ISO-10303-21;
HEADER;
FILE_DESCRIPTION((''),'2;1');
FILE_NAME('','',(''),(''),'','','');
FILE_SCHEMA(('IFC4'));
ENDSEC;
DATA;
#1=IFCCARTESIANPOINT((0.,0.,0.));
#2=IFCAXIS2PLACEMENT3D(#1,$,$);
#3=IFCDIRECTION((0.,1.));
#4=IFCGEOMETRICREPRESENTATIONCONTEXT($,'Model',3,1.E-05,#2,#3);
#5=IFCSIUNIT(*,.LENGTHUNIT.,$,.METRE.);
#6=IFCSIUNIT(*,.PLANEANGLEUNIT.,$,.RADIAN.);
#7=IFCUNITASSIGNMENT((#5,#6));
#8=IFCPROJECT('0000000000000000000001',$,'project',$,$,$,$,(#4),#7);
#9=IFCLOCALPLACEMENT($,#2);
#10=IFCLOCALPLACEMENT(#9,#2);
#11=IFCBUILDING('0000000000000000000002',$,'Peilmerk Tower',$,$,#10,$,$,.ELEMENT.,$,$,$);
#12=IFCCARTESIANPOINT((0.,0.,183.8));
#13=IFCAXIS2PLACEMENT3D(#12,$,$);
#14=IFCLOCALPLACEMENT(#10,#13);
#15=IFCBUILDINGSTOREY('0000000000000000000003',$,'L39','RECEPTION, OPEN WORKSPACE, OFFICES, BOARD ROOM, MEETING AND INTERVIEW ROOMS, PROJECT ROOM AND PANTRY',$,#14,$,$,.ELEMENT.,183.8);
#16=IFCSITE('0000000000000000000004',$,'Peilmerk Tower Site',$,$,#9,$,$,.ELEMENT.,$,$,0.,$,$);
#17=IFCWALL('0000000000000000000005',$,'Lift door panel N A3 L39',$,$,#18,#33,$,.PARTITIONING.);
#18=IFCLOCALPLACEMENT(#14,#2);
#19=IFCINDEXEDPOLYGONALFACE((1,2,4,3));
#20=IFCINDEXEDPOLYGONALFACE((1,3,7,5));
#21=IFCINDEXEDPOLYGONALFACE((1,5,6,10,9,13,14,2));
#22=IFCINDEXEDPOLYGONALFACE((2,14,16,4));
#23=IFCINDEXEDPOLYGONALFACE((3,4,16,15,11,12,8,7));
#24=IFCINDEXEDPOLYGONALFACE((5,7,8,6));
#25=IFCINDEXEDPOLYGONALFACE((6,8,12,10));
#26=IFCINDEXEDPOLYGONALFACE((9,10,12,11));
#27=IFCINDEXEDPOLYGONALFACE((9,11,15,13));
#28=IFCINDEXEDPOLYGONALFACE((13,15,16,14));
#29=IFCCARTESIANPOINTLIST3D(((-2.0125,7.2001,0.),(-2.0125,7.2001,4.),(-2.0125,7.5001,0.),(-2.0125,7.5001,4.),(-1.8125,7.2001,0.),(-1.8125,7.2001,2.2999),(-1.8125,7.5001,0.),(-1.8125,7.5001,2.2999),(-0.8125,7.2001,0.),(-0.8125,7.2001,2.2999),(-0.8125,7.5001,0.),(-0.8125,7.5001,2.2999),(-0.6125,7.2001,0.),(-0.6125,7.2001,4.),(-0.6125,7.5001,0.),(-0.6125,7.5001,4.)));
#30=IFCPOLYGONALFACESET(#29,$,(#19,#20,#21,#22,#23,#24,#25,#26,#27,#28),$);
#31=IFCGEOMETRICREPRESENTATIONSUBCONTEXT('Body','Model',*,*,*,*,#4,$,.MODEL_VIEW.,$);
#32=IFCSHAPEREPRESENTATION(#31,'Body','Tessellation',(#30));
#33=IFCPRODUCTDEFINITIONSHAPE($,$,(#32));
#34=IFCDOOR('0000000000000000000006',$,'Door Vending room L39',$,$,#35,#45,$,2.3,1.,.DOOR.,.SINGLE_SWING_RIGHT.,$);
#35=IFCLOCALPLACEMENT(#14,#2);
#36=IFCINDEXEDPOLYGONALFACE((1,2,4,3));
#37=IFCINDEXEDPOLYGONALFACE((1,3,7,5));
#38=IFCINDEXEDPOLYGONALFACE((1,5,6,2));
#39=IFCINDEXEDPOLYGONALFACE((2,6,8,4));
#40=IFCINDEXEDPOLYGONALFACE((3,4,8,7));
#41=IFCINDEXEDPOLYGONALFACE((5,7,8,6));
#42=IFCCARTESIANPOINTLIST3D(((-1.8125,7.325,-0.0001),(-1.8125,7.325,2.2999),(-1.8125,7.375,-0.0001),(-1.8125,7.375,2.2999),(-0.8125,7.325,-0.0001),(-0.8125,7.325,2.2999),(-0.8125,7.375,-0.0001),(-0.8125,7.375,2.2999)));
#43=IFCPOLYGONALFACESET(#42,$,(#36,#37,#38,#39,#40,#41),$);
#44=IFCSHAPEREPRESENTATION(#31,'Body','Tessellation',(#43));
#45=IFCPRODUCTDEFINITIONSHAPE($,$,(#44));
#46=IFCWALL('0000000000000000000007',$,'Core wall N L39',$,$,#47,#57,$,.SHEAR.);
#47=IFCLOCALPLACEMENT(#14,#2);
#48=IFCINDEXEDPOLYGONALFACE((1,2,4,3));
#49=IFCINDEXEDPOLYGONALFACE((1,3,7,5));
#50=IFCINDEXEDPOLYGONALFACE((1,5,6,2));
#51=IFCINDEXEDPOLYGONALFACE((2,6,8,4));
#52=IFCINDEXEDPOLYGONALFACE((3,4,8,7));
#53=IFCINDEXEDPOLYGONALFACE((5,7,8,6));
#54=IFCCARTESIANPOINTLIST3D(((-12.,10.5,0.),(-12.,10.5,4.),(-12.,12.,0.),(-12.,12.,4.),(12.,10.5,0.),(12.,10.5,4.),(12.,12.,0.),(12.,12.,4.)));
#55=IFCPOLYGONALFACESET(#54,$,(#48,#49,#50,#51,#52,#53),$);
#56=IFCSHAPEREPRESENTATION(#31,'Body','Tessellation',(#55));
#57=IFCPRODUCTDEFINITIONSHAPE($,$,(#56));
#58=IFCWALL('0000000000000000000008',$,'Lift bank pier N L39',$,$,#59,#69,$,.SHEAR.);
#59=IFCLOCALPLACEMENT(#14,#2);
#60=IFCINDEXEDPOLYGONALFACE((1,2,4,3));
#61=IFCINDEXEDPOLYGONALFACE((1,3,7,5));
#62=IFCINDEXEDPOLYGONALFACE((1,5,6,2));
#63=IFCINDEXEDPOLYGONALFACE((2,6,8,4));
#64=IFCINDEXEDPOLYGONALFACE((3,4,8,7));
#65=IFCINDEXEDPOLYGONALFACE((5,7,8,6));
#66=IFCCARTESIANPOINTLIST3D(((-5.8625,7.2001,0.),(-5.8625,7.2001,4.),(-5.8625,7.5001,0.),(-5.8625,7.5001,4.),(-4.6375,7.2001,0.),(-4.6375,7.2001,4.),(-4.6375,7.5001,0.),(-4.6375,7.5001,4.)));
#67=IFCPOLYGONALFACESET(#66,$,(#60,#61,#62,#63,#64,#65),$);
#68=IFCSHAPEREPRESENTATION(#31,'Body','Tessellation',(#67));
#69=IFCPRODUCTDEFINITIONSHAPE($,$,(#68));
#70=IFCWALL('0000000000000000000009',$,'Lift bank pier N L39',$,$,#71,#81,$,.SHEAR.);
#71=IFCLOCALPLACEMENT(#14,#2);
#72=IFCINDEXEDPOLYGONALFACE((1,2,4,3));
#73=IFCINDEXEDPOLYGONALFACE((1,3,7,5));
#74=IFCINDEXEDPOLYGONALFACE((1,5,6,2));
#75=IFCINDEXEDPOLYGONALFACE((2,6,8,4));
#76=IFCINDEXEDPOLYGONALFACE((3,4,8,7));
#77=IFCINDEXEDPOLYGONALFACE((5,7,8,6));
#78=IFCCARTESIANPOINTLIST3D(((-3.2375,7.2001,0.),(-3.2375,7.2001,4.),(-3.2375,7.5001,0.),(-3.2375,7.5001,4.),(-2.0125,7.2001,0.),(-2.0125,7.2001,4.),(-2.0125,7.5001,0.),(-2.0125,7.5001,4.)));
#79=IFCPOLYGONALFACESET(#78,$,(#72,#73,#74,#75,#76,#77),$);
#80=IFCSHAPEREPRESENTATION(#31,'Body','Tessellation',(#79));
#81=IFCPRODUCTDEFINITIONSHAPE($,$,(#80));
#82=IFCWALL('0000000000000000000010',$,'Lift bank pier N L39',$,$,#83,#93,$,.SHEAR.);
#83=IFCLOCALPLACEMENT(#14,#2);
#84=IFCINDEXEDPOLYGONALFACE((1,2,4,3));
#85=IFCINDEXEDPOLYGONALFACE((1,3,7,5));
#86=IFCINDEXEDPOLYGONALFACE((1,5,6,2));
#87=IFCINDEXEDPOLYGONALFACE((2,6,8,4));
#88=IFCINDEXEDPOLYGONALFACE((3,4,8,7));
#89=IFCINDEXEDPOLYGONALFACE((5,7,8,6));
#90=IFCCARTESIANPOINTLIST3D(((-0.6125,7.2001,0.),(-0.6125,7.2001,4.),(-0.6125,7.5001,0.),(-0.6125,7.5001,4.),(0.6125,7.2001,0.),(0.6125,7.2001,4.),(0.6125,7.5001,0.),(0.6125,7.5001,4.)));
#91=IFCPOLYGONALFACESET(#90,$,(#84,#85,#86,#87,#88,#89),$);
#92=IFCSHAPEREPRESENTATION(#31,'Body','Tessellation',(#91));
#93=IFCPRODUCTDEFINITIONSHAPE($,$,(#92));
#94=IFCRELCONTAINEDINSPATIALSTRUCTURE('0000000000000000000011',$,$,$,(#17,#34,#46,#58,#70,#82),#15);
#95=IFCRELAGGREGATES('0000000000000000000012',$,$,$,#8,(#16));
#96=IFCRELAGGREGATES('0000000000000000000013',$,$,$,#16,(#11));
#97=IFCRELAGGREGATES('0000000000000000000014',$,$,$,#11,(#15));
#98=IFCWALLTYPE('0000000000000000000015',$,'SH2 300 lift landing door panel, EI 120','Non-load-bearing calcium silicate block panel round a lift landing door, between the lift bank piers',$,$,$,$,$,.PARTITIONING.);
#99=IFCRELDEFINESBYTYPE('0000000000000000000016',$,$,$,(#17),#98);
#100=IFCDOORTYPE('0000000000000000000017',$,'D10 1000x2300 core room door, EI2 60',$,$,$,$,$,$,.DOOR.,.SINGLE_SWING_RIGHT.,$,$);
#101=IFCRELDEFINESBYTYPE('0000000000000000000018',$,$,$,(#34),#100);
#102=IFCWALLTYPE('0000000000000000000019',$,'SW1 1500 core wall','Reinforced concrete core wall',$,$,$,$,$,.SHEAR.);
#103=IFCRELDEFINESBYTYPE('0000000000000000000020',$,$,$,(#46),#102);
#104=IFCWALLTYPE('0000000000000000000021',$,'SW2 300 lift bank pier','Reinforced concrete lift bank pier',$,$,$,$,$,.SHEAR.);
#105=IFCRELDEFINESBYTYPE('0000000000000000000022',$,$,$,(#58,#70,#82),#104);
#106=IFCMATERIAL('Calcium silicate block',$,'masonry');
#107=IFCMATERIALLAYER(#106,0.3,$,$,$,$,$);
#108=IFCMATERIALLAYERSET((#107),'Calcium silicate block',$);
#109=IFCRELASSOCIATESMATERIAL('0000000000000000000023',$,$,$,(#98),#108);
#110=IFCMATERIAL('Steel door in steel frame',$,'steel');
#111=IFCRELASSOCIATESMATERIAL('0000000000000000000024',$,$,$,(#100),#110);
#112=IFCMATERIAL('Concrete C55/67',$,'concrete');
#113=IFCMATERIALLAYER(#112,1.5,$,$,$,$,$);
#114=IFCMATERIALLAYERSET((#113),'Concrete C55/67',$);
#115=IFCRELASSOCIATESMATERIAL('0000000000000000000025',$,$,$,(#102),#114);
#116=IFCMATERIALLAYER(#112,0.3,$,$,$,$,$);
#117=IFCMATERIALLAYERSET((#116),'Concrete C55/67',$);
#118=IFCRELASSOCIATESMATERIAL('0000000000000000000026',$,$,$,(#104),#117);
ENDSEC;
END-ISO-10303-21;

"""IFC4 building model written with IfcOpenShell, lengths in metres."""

from ifc_helpers import new_model, si_unit, direction, frame, frame_2d, origin, place, context, subcontext, project, spatial, rectangle, extrude, material, layer, layer_set, type_object, element, fill, save


model = new_model("IFC4")

# Units and contexts
model_context = context("Model", 3, precision=1e-05, world=origin(), true_north=direction((0.0, 1.0)))
body_context = subcontext(model_context, "Body", "Model", "MODEL_VIEW")
ifc_project = project(units=[si_unit("LENGTHUNIT", "METRE"), si_unit("PLANEANGLEUNIT", "RADIAN")], contexts=[model_context])

# Site, building, storey
site_placement = place(None, origin())
site = spatial("IfcSite", under=ifc_project, at=site_placement, Name="Peilmerk Tower Site", CompositionType="ELEMENT", RefElevation=0.0)
building_placement = place(site_placement, origin())
building = spatial("IfcBuilding", under=site, at=building_placement, Name="Peilmerk Tower", CompositionType="ELEMENT")
storey_placement = place(building_placement, frame((0.0, 0.0, 183.8)))
storey = spatial("IfcBuildingStorey", under=building, at=storey_placement, Name="L39", Description="RECEPTION, OPEN WORKSPACE, OFFICES, BOARD ROOM, MEETING AND INTERVIEW ROOMS, PROJECT ROOM AND PANTRY", CompositionType="ELEMENT", Elevation=183.8)

# Shared definitions
ifc_material_1 = material(Name="Calcium silicate block", Category="masonry")

# Shared definitions
ifc_layer_1 = layer(ifc_material_1, 0.3)
ifc_layer_set_1 = layer_set([ifc_layer_1], Name="Calcium silicate block")
wall_type_1 = type_object("IfcWallType", Name="SH2 300 lift landing door panel, EI 120", Description="Non-load-bearing calcium silicate block panel round a lift landing door, between the lift bank piers", PredefinedType="PARTITIONING", material=ifc_layer_set_1)

# Wall, opening, door
wall_1_placement = place(storey_placement, frame((-2.0125, 7.3501, 0.0), z_axis=(0.0, 0.0, 1.0), x_axis=(1.0, 0.0, 0.0)))
wall_1 = element("IfcWall", 1, at=wall_1_placement, inside=storey, type_object=wall_type_1, Name="Lift door panel N A3 L39", PredefinedType="PARTITIONING", context=body_context, shape_type="SweptSolid", body=[
    extrude(rectangle(XDim=1.3999, YDim=0.3, at=frame_2d((0.7, 0.0))), origin(), (0.0, 0.0, 1.0), 4.0),
])
opening_1_placement = place(wall_1_placement, frame((0.2, 0.0, 0.0)))
opening_1 = element("IfcOpeningElement", 2, at=opening_1_placement, cuts=wall_1, PredefinedType="OPENING", context=body_context, shape_type="SweptSolid", body=[
    extrude(rectangle(XDim=1.0, YDim=2.3, at=frame_2d((0.5, 1.1499))), frame((0.0, 0.1599, 0.0), z_axis=(0.0, -1.0, 0.0), x_axis=(1.0, 0.0, 0.0)), (0.0, 0.0, 1.0), 0.3201),
])
ifc_material_2 = material(Name="Steel door in steel frame", Category="steel")
door_type_1 = type_object("IfcDoorType", Name="D10 1000x2300 core room door, EI2 60", OperationType="SINGLE_SWING_RIGHT", PredefinedType="DOOR", material=ifc_material_2)
door_1_placement = place(opening_1_placement, origin())
door_1 = element("IfcDoor", 3, at=door_1_placement, inside=storey, type_object=door_type_1, Name="Door Vending room L39", OperationType="SINGLE_SWING_RIGHT", OverallHeight=2.3, OverallWidth=1.0, PredefinedType="DOOR", context=body_context, shape_type="SweptSolid", body=[
    extrude(rectangle(XDim=1.0, YDim=2.3, at=frame_2d((0.5, 1.1499))), frame((0.0, 0.0249, 0.0), z_axis=(0.0, -1.0, 0.0), x_axis=(1.0, 0.0, 0.0)), (0.0, 0.0, 1.0), 0.05),
])
fill(opening_1, door_1)

# Walls
ifc_material_3 = material(Name="Concrete C55/67", Category="concrete")
ifc_layer_2 = layer(ifc_material_3, 1.5)
ifc_layer_set_2 = layer_set([ifc_layer_2], Name="Concrete C55/67")
wall_type_2 = type_object("IfcWallType", Name="SW1 1500 core wall", Description="Reinforced concrete core wall", PredefinedType="SHEAR", material=ifc_layer_set_2)
wall_2_placement = place(storey_placement, frame((-12.0, 11.25, 0.0), z_axis=(0.0, 0.0, 1.0), x_axis=(1.0, 0.0, 0.0)))
element("IfcWall", 4, at=wall_2_placement, inside=storey, type_object=wall_type_2, Name="Core wall N L39", PredefinedType="SHEAR", context=body_context, shape_type="SweptSolid", body=[
    extrude(rectangle(XDim=24.0, YDim=1.5, at=frame_2d((12.0, 0.0))), origin(), (0.0, 0.0, 1.0), 4.0),
])
ifc_layer_3 = layer(ifc_material_3, 0.3)
ifc_layer_set_3 = layer_set([ifc_layer_3], Name="Concrete C55/67")
wall_type_3 = type_object("IfcWallType", Name="SW2 300 lift bank pier", Description="Reinforced concrete lift bank pier", PredefinedType="SHEAR", material=ifc_layer_set_3)
for number, where, z_axis, x_axis, name in (
    (5, (-5.8625, 7.3501, 0.0), (0.0, 0.0, 1.0), (1.0, 0.0, 0.0), "Lift bank pier N L39"),
    (6, (-3.2375, 7.3501, 0.0), (0.0, 0.0, 1.0), (1.0, 0.0, 0.0), "Lift bank pier N L39"),
    (7, (-0.6125, 7.3501, 0.0), (0.0, 0.0, 1.0), (1.0, 0.0, 0.0), "Lift bank pier N L39"),
):
    element("IfcWall", number, at=place(storey_placement, frame(where, z_axis=z_axis, x_axis=x_axis)), inside=storey, type_object=wall_type_3, Name=name, PredefinedType="SHEAR", context=body_context, shape_type="SweptSolid", body=[
        extrude(rectangle(XDim=1.2251, YDim=0.3, at=frame_2d((0.6125, 0.0))), origin(), (0.0, 0.0, 1.0), 4.0),
    ])

save(model, "model.ifc")
